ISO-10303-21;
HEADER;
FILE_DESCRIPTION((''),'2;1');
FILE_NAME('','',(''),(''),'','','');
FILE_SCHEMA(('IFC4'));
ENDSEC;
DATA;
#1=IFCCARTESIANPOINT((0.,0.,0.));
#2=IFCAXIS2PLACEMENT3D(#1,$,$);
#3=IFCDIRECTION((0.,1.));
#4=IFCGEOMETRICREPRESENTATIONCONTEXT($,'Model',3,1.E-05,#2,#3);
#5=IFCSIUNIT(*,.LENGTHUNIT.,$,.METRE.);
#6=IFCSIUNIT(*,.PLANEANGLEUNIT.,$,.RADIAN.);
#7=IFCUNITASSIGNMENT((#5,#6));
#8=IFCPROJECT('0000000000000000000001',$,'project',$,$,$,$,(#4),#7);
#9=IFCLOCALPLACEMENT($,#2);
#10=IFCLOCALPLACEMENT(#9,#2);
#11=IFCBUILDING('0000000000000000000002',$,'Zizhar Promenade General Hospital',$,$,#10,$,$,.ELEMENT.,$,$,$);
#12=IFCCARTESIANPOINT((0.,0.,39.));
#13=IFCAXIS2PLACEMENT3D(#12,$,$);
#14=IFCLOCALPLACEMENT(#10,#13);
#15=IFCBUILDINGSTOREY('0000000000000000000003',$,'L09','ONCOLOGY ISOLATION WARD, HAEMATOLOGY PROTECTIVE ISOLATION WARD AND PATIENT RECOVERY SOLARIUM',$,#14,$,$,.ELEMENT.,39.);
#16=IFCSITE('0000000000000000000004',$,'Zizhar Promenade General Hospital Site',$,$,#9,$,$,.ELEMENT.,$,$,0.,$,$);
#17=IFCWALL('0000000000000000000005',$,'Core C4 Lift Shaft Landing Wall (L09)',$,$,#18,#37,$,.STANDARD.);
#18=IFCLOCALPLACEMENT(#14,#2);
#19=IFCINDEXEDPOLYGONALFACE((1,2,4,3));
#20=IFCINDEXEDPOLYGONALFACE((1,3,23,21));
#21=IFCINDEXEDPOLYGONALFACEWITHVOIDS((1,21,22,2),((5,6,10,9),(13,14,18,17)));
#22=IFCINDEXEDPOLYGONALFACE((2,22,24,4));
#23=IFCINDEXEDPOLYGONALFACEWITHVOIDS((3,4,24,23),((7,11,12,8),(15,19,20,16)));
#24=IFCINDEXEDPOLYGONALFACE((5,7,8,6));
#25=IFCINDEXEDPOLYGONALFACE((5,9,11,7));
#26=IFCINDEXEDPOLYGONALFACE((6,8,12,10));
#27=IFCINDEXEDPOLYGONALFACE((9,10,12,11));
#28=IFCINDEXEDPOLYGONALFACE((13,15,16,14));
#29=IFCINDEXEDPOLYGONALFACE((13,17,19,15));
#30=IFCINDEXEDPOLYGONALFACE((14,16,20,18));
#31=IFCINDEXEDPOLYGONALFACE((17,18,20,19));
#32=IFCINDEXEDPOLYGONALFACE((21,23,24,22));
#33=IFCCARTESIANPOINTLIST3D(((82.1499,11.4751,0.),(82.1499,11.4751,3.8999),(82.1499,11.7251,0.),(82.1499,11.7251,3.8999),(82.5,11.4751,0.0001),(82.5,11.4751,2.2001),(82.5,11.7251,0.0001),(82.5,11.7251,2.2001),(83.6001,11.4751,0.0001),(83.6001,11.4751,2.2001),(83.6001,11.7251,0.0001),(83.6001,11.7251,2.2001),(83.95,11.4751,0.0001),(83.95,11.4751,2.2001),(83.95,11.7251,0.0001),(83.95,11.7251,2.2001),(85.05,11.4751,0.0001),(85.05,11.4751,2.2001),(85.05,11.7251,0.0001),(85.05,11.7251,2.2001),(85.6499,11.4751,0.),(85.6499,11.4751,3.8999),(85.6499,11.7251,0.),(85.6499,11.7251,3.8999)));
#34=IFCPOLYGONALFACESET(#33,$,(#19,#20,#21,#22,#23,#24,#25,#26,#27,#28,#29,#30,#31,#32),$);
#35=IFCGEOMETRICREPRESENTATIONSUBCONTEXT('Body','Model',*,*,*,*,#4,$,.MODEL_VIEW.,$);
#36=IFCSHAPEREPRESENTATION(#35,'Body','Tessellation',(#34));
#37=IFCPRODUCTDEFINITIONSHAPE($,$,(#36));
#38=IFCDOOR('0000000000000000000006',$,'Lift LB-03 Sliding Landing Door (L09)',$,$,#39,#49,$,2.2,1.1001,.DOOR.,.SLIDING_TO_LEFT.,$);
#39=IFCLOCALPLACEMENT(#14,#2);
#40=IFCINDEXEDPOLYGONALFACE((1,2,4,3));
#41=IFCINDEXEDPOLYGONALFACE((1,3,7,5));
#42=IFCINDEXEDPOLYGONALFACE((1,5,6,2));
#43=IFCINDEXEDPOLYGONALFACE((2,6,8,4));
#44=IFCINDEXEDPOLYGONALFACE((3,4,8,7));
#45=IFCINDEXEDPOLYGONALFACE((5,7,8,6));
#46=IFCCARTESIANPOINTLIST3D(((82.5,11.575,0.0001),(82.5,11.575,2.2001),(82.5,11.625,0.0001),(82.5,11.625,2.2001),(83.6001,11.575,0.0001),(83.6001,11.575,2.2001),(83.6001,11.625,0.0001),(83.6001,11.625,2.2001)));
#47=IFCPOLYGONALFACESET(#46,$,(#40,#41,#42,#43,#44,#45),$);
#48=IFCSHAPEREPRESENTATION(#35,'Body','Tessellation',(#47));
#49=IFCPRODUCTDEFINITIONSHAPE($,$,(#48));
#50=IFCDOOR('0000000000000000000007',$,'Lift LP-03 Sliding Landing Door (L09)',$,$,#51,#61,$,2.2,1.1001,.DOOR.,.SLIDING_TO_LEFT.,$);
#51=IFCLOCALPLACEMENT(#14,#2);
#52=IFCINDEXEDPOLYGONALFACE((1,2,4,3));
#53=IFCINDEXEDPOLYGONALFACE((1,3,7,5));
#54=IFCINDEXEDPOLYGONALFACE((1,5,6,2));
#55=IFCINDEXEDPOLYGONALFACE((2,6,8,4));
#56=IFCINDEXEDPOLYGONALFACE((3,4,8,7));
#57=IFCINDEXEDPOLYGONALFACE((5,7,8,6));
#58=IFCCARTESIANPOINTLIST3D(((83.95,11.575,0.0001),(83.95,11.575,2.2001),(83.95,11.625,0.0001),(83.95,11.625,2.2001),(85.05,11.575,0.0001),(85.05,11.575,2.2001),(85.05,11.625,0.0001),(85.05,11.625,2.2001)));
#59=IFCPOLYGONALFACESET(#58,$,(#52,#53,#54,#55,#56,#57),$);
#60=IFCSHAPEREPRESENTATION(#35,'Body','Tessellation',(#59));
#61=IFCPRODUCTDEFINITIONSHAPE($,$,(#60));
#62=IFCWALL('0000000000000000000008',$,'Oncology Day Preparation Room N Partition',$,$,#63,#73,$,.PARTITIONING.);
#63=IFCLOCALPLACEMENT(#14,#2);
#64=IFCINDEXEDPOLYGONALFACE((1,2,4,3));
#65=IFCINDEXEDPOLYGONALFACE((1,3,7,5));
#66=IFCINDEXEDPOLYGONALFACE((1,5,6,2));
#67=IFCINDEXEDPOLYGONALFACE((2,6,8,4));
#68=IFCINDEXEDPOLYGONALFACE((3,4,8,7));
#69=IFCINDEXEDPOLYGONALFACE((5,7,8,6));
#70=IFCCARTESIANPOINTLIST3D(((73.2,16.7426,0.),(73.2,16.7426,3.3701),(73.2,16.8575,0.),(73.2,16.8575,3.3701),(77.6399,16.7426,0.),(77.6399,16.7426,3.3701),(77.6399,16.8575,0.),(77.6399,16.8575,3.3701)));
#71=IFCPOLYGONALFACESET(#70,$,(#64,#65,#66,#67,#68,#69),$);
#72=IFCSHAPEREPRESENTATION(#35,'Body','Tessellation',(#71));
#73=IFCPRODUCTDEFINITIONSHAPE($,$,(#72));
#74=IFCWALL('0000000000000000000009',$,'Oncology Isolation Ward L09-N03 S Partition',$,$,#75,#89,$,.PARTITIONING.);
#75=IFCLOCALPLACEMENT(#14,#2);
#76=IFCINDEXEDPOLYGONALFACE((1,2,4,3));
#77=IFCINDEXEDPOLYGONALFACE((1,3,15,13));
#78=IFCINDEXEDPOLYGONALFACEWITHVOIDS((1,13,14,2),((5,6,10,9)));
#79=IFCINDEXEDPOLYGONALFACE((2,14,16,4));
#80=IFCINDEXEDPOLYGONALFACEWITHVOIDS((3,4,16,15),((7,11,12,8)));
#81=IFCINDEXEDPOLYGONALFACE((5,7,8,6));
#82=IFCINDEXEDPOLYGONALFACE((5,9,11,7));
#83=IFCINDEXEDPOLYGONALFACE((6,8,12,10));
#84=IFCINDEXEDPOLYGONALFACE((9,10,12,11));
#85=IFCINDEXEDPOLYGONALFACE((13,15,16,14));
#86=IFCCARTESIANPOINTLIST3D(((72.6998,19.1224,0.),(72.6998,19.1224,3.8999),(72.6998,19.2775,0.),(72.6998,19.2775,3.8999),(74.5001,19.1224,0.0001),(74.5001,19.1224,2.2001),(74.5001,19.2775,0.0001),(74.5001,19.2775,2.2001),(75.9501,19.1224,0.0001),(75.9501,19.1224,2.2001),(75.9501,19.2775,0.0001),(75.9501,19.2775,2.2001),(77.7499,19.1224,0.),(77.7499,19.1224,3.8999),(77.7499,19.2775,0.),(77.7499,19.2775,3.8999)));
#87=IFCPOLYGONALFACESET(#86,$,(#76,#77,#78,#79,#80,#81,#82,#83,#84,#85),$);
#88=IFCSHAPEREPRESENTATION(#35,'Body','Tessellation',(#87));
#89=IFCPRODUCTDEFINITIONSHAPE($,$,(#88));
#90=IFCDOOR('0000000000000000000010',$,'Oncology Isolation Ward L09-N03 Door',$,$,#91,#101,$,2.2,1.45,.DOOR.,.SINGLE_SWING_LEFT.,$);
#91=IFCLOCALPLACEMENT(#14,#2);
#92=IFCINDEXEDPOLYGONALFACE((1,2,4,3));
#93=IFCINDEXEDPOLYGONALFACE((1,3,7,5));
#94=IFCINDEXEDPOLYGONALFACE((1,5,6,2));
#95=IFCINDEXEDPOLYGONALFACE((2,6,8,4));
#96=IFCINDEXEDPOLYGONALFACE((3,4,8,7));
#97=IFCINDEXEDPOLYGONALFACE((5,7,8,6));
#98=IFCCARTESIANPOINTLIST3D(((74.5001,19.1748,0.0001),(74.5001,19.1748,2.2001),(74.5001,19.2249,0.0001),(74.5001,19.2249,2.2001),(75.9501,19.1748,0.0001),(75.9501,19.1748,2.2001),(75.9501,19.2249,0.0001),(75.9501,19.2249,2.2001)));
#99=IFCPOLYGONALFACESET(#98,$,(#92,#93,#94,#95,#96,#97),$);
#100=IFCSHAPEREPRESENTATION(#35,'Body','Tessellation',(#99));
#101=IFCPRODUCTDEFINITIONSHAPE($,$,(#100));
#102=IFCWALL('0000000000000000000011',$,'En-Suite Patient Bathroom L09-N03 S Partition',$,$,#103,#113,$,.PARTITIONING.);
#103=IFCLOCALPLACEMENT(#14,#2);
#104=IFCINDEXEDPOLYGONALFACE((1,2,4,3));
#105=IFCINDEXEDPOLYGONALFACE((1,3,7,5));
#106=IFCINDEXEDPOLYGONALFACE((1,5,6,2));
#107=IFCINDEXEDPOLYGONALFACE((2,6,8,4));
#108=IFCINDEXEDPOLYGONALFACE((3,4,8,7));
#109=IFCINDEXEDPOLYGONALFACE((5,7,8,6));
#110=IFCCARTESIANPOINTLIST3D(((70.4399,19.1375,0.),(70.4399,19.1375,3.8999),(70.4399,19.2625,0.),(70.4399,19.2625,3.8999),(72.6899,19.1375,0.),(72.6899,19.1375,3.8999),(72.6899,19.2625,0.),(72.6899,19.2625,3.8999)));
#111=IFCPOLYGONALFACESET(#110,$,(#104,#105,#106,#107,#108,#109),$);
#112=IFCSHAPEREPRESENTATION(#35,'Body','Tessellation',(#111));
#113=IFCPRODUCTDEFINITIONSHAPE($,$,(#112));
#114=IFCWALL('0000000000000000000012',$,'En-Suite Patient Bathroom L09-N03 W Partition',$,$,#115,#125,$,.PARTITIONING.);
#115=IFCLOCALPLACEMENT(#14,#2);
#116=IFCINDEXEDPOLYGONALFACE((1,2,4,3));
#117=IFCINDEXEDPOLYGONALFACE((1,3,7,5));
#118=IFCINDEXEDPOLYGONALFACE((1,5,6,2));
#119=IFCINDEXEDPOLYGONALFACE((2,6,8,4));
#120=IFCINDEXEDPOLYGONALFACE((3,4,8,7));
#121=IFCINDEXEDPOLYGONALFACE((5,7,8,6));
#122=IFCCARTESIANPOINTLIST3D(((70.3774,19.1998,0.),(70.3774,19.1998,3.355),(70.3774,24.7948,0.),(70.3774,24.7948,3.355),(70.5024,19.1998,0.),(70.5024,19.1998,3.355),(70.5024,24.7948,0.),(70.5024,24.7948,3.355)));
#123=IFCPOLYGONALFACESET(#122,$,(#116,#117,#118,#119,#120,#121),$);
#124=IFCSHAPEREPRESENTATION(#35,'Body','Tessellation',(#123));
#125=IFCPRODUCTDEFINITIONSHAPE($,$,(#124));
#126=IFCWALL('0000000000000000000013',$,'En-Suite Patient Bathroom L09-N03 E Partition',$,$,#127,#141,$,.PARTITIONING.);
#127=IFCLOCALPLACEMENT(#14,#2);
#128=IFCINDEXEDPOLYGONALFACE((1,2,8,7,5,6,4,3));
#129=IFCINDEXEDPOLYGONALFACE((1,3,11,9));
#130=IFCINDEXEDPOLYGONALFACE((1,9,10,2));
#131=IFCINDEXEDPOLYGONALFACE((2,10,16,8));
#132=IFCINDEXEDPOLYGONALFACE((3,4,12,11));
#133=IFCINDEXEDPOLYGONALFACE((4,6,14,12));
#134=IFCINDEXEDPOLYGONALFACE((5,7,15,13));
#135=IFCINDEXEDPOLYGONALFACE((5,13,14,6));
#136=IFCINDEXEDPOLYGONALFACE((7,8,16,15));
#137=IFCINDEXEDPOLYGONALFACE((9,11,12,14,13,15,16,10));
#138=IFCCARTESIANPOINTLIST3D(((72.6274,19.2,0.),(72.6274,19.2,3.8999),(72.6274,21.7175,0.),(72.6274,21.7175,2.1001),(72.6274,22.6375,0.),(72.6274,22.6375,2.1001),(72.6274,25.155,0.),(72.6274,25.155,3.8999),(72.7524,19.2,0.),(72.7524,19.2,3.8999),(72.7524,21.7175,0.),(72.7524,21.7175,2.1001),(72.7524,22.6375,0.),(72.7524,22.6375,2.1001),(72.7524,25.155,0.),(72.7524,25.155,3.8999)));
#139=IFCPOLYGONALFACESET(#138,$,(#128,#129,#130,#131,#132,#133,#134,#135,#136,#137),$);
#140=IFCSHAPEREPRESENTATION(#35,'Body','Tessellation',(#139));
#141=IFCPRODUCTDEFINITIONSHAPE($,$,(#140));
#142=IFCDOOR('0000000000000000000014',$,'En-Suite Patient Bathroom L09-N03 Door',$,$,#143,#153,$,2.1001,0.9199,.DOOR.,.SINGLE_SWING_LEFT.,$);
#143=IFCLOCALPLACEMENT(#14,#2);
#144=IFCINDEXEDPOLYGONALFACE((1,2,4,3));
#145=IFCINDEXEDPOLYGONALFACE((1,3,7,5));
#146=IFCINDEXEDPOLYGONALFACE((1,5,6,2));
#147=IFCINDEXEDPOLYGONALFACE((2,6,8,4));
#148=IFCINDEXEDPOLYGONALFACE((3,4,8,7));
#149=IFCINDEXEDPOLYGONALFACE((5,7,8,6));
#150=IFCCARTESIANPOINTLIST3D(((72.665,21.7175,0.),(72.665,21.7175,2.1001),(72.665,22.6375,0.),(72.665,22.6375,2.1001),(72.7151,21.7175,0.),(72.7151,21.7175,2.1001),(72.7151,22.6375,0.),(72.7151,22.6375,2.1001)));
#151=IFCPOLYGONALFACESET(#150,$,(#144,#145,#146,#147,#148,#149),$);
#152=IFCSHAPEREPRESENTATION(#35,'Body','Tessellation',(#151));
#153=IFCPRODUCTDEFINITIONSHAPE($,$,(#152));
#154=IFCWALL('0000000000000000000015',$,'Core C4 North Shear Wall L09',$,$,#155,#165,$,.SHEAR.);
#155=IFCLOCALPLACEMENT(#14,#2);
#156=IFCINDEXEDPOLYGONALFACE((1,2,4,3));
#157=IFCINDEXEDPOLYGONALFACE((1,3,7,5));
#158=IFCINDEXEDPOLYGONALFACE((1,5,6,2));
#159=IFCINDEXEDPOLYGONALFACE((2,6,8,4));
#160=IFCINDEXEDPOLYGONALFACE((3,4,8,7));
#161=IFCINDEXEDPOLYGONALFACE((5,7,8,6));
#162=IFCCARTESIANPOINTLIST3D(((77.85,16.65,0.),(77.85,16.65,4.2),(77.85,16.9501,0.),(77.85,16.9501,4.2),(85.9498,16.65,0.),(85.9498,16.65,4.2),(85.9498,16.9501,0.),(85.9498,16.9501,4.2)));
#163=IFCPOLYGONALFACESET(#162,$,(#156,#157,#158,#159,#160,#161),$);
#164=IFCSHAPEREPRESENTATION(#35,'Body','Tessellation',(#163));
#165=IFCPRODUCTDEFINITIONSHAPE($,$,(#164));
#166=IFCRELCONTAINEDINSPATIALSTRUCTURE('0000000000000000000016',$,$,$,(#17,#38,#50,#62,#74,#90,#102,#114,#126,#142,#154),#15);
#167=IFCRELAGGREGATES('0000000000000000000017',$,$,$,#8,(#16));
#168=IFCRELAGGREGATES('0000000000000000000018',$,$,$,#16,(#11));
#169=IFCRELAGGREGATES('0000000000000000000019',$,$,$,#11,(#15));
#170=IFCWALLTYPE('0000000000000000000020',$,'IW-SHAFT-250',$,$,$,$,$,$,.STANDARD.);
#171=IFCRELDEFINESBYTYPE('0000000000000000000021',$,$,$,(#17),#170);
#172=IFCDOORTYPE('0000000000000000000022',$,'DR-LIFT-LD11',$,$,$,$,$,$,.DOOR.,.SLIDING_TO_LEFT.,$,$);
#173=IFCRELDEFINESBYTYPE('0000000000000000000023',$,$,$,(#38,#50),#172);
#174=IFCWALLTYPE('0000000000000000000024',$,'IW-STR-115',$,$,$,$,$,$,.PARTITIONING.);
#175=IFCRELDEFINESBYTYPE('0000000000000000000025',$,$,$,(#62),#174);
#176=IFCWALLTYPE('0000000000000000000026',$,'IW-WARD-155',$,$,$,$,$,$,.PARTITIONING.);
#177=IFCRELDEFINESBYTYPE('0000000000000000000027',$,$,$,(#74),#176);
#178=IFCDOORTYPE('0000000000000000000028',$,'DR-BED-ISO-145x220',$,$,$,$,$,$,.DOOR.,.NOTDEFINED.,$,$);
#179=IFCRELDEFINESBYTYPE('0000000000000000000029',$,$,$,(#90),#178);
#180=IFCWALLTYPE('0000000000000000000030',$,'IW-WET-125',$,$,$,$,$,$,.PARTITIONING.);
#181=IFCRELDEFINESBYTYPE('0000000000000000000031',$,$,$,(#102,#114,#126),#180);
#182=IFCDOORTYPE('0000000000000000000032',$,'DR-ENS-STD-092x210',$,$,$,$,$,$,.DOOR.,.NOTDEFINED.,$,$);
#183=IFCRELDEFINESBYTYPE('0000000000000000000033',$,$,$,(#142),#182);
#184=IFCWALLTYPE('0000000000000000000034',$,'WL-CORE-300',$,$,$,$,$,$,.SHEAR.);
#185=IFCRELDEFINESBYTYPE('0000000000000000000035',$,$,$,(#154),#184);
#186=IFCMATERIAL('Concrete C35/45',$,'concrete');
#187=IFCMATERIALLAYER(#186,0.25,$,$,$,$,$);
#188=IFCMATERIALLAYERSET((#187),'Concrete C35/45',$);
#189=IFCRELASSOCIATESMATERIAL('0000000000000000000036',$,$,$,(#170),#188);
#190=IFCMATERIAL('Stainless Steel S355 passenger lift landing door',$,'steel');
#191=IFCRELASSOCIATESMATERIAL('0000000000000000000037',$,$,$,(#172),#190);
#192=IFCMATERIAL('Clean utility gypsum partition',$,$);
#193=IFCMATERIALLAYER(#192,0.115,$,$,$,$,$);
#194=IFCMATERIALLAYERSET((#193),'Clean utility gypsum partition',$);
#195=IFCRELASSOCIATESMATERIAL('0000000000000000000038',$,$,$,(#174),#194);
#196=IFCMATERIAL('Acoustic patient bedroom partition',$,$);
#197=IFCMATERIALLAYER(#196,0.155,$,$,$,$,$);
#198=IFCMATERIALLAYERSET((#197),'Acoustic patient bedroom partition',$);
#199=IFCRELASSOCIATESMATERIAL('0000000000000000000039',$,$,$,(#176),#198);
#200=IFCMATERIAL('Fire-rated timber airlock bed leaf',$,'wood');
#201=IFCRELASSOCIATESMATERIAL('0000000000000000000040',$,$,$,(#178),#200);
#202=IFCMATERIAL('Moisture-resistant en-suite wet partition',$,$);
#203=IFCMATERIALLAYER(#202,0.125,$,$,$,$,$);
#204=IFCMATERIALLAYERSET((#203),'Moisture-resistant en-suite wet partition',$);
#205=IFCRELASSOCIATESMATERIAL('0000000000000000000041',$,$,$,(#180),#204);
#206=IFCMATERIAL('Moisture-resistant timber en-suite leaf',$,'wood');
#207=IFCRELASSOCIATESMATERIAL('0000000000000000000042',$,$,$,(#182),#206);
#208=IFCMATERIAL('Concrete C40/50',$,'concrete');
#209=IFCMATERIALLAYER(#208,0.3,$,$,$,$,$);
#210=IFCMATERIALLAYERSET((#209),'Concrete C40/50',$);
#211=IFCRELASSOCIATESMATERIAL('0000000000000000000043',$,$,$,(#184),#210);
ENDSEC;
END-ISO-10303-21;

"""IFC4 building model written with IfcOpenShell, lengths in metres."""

from ifc_helpers import new_model, si_unit, direction, frame, frame_2d, origin, place, context, subcontext, project, spatial, rectangle, extrude, material, layer, layer_set, type_object, element, fill, save


model = new_model("IFC4")

# Units and contexts
model_context = context("Model", 3, precision=1e-05, world=origin(), true_north=direction((0.0, 1.0)))
body_context = subcontext(model_context, "Body", "Model", "MODEL_VIEW")
ifc_project = project(units=[si_unit("LENGTHUNIT", "METRE"), si_unit("PLANEANGLEUNIT", "RADIAN")], contexts=[model_context])

# Site, building, storey
site_placement = place(None, origin())
site = spatial("IfcSite", under=ifc_project, at=site_placement, Name="Zizhar Promenade General Hospital Site", CompositionType="ELEMENT", RefElevation=0.0)
building_placement = place(site_placement, origin())
building = spatial("IfcBuilding", under=site, at=building_placement, Name="Zizhar Promenade General Hospital", CompositionType="ELEMENT")
storey_placement = place(building_placement, frame((0.0, 0.0, 39.0)))
storey = spatial("IfcBuildingStorey", under=building, at=storey_placement, Name="L09", Description="ONCOLOGY ISOLATION WARD, HAEMATOLOGY PROTECTIVE ISOLATION WARD AND PATIENT RECOVERY SOLARIUM", CompositionType="ELEMENT", Elevation=39.0)

# Wall, openings, doors
ifc_material_1 = material(Name="Concrete C35/45", Category="concrete")
ifc_layer_1 = layer(ifc_material_1, 0.25)
ifc_layer_set_1 = layer_set([ifc_layer_1], Name="Concrete C35/45")
wall_type_1 = type_object("IfcWallType", Name="IW-SHAFT-250", PredefinedType="STANDARD", material=ifc_layer_set_1)
wall_1_placement = place(storey_placement, frame((82.1499, 11.6001, 0.0), z_axis=(0.0, 0.0, 1.0), x_axis=(1.0, 0.0, 0.0)))
wall_1 = element("IfcWall", 1, at=wall_1_placement, inside=storey, type_object=wall_type_1, Name="Core C4 Lift Shaft Landing Wall (L09)", PredefinedType="STANDARD", context=body_context, shape_type="SweptSolid", body=[
    extrude(rectangle(XDim=3.5, YDim=0.25, at=frame_2d((1.75, 0.0))), origin(), (0.0, 0.0, 1.0), 3.8999),
])
opening_1_placement = place(wall_1_placement, frame((0.3501, 0.0, 0.0)))
opening_1 = element("IfcOpeningElement", 2, at=opening_1_placement, cuts=wall_1, PredefinedType="OPENING", context=body_context, shape_type="SweptSolid", body=[
    extrude(rectangle(XDim=1.1001, YDim=2.2, at=frame_2d((0.55, 1.1001))), frame((0.0, 0.135, 0.0), z_axis=(0.0, -1.0, 0.0), x_axis=(1.0, 0.0, 0.0)), (0.0, 0.0, 1.0), 0.27),
])
opening_2_placement = place(wall_1_placement, frame((1.8, 0.0, 0.0)))
opening_2 = element("IfcOpeningElement", 3, at=opening_2_placement, cuts=wall_1, PredefinedType="OPENING", context=body_context, shape_type="SweptSolid", body=[
    extrude(rectangle(XDim=1.1001, YDim=2.2, at=frame_2d((0.55, 1.1001))), frame((0.0, 0.135, 0.0), z_axis=(0.0, -1.0, 0.0), x_axis=(1.0, 0.0, 0.0)), (0.0, 0.0, 1.0), 0.27),
])
ifc_material_2 = material(Name="Stainless Steel S355 passenger lift landing door", Category="steel")
door_type_1 = type_object("IfcDoorType", Name="DR-LIFT-LD11", OperationType="SLIDING_TO_LEFT", PredefinedType="DOOR", material=ifc_material_2)
door_1_placement = place(opening_1_placement, origin())
door_1 = element("IfcDoor", 4, at=door_1_placement, inside=storey, type_object=door_type_1, Name="Lift LB-03 Sliding Landing Door (L09)", OperationType="SLIDING_TO_LEFT", OverallHeight=2.2, OverallWidth=1.1001, PredefinedType="DOOR", context=body_context, shape_type="SweptSolid", body=[
    extrude(rectangle(XDim=1.1001, YDim=2.2, at=frame_2d((0.55, 1.1001))), frame((0.0, 0.0249, 0.0), z_axis=(0.0, -1.0, 0.0), x_axis=(1.0, 0.0, 0.0)), (0.0, 0.0, 1.0), 0.05),
])
fill(opening_1, door_1)
door_2_placement = place(opening_2_placement, origin())
door_2 = element("IfcDoor", 5, at=door_2_placement, inside=storey, type_object=door_type_1, Name="Lift LP-03 Sliding Landing Door (L09)", OperationType="SLIDING_TO_LEFT", OverallHeight=2.2, OverallWidth=1.1001, PredefinedType="DOOR", context=body_context, shape_type="SweptSolid", body=[
    extrude(rectangle(XDim=1.1001, YDim=2.2, at=frame_2d((0.55, 1.1001))), frame((0.0, 0.0249, 0.0), z_axis=(0.0, -1.0, 0.0), x_axis=(1.0, 0.0, 0.0)), (0.0, 0.0, 1.0), 0.05),
])
fill(opening_2, door_2)

# Wall
ifc_material_3 = material(Name="Clean utility gypsum partition")
ifc_layer_2 = layer(ifc_material_3, 0.115)
ifc_layer_set_2 = layer_set([ifc_layer_2], Name="Clean utility gypsum partition")
wall_type_2 = type_object("IfcWallType", Name="IW-STR-115", PredefinedType="PARTITIONING", material=ifc_layer_set_2)
wall_2_placement = place(storey_placement, frame((73.2, 16.8, 0.0), z_axis=(0.0, 0.0, 1.0), x_axis=(1.0, 0.0, 0.0)))
element("IfcWall", 6, at=wall_2_placement, inside=storey, type_object=wall_type_2, Name="Oncology Day Preparation Room N Partition", PredefinedType="PARTITIONING", context=body_context, shape_type="SweptSolid", body=[
    extrude(rectangle(XDim=4.4399, YDim=0.115, at=frame_2d((2.22, 0.0))), origin(), (0.0, 0.0, 1.0), 3.3701),
])

# Wall, opening, door
ifc_material_4 = material(Name="Acoustic patient bedroom partition")
ifc_layer_3 = layer(ifc_material_4, 0.155)
ifc_layer_set_3 = layer_set([ifc_layer_3], Name="Acoustic patient bedroom partition")
wall_type_3 = type_object("IfcWallType", Name="IW-WARD-155", PredefinedType="PARTITIONING", material=ifc_layer_set_3)
wall_3_placement = place(storey_placement, frame((72.7, 19.2, 0.0), z_axis=(0.0, 0.0, 1.0), x_axis=(1.0, 0.0, 0.0)))
wall_3 = element("IfcWall", 7, at=wall_3_placement, inside=storey, type_object=wall_type_3, Name="Oncology Isolation Ward L09-N03 S Partition", PredefinedType="PARTITIONING", context=body_context, shape_type="SweptSolid", body=[
    extrude(rectangle(XDim=5.05, YDim=0.155, at=frame_2d((2.5249, 0.0))), origin(), (0.0, 0.0, 1.0), 3.8999),
])
opening_3_placement = place(wall_3_placement, frame((1.8, 0.0, 0.0)))
opening_3 = element("IfcOpeningElement", 8, at=opening_3_placement, cuts=wall_3, PredefinedType="OPENING", context=body_context, shape_type="SweptSolid", body=[
    extrude(rectangle(XDim=1.45, YDim=2.2, at=frame_2d((0.7251, 1.1001))), frame((0.0, 0.0874, 0.0), z_axis=(0.0, -1.0, 0.0), x_axis=(1.0, 0.0, 0.0)), (0.0, 0.0, 1.0), 0.175),
])
ifc_material_5 = material(Name="Fire-rated timber airlock bed leaf", Category="wood")
door_type_2 = type_object("IfcDoorType", Name="DR-BED-ISO-145x220", OperationType="NOTDEFINED", PredefinedType="DOOR", material=ifc_material_5)
door_3_placement = place(opening_3_placement, origin())
door_3 = element("IfcDoor", 9, at=door_3_placement, inside=storey, type_object=door_type_2, Name="Oncology Isolation Ward L09-N03 Door", OperationType="SINGLE_SWING_LEFT", OverallHeight=2.2, OverallWidth=1.45, PredefinedType="DOOR", context=body_context, shape_type="SweptSolid", body=[
    extrude(rectangle(XDim=1.45, YDim=2.2, at=frame_2d((0.7251, 1.1001))), frame((0.0, 0.0249, 0.0), z_axis=(0.0, -1.0, 0.0), x_axis=(1.0, 0.0, 0.0)), (0.0, 0.0, 1.0), 0.05),
])
fill(opening_3, door_3)

# Walls
ifc_material_6 = material(Name="Moisture-resistant en-suite wet partition")
ifc_layer_4 = layer(ifc_material_6, 0.125)
ifc_layer_set_4 = layer_set([ifc_layer_4], Name="Moisture-resistant en-suite wet partition")
wall_type_4 = type_object("IfcWallType", Name="IW-WET-125", PredefinedType="PARTITIONING", material=ifc_layer_set_4)
wall_4_placement = place(storey_placement, frame((70.4399, 19.2, 0.0), z_axis=(0.0, 0.0, 1.0), x_axis=(1.0, 0.0, 0.0)))
element("IfcWall", 10, at=wall_4_placement, inside=storey, type_object=wall_type_4, Name="En-Suite Patient Bathroom L09-N03 S Partition", PredefinedType="PARTITIONING", context=body_context, shape_type="SweptSolid", body=[
    extrude(rectangle(XDim=2.25, YDim=0.125, at=frame_2d((1.125, 0.0))), origin(), (0.0, 0.0, 1.0), 3.8999),
])
wall_5_placement = place(storey_placement, frame((70.4399, 19.2, 0.0), z_axis=(0.0, 0.0, 1.0), x_axis=(0.0, 1.0, 0.0)))
element("IfcWall", 11, at=wall_5_placement, inside=storey, type_object=wall_type_4, Name="En-Suite Patient Bathroom L09-N03 W Partition", PredefinedType="PARTITIONING", context=body_context, shape_type="SweptSolid", body=[
    extrude(rectangle(XDim=5.595, YDim=0.125, at=frame_2d((2.7974, 0.0))), origin(), (0.0, 0.0, 1.0), 3.355),
])

# Wall, opening, door
wall_6_placement = place(storey_placement, frame((72.6899, 19.2, 0.0), z_axis=(0.0, 0.0, 1.0), x_axis=(0.0, 1.0, 0.0)))
wall_6 = element("IfcWall", 12, at=wall_6_placement, inside=storey, type_object=wall_type_4, Name="En-Suite Patient Bathroom L09-N03 E Partition", PredefinedType="PARTITIONING", context=body_context, shape_type="SweptSolid", body=[
    extrude(rectangle(XDim=5.9551, YDim=0.125, at=frame_2d((2.9775, 0.0))), origin(), (0.0, 0.0, 1.0), 3.8999),
])
opening_4_placement = place(wall_6_placement, frame((2.5176, 0.0, 0.0)))
opening_4 = element("IfcOpeningElement", 13, at=opening_4_placement, cuts=wall_6, PredefinedType="OPENING", context=body_context, shape_type="SweptSolid", body=[
    extrude(rectangle(XDim=0.9199, YDim=2.1001, at=frame_2d((0.46, 1.05))), frame((0.0, 0.0725, 0.0), z_axis=(0.0, -1.0, 0.0), x_axis=(1.0, 0.0, 0.0)), (0.0, 0.0, 1.0), 0.145),
])
ifc_material_7 = material(Name="Moisture-resistant timber en-suite leaf", Category="wood")
door_type_3 = type_object("IfcDoorType", Name="DR-ENS-STD-092x210", OperationType="NOTDEFINED", PredefinedType="DOOR", material=ifc_material_7)
door_4_placement = place(opening_4_placement, origin())
door_4 = element("IfcDoor", 14, at=door_4_placement, inside=storey, type_object=door_type_3, Name="En-Suite Patient Bathroom L09-N03 Door", OperationType="SINGLE_SWING_LEFT", OverallHeight=2.1001, OverallWidth=0.9199, PredefinedType="DOOR", context=body_context, shape_type="SweptSolid", body=[
    extrude(rectangle(XDim=0.9199, YDim=2.1001, at=frame_2d((0.46, 1.05))), frame((0.0, 0.0249, 0.0), z_axis=(0.0, -1.0, 0.0), x_axis=(1.0, 0.0, 0.0)), (0.0, 0.0, 1.0), 0.05),
])
fill(opening_4, door_4)

# Wall
ifc_material_8 = material(Name="Concrete C40/50", Category="concrete")
ifc_layer_5 = layer(ifc_material_8, 0.3)
ifc_layer_set_5 = layer_set([ifc_layer_5], Name="Concrete C40/50")
wall_type_5 = type_object("IfcWallType", Name="WL-CORE-300", PredefinedType="SHEAR", material=ifc_layer_set_5)
wall_7_placement = place(storey_placement, frame((77.8501, 16.8, 0.0), z_axis=(0.0, 0.0, 1.0), x_axis=(1.0, 0.0, 0.0)))
element("IfcWall", 15, at=wall_7_placement, inside=storey, type_object=wall_type_5, Name="Core C4 North Shear Wall L09", PredefinedType="SHEAR", context=body_context, shape_type="SweptSolid", body=[
    extrude(rectangle(XDim=8.0999, YDim=0.3, at=frame_2d((4.0498, 0.0))), origin(), (0.0, 0.0, 1.0), 4.2),
])

save(model, "model.ifc")
